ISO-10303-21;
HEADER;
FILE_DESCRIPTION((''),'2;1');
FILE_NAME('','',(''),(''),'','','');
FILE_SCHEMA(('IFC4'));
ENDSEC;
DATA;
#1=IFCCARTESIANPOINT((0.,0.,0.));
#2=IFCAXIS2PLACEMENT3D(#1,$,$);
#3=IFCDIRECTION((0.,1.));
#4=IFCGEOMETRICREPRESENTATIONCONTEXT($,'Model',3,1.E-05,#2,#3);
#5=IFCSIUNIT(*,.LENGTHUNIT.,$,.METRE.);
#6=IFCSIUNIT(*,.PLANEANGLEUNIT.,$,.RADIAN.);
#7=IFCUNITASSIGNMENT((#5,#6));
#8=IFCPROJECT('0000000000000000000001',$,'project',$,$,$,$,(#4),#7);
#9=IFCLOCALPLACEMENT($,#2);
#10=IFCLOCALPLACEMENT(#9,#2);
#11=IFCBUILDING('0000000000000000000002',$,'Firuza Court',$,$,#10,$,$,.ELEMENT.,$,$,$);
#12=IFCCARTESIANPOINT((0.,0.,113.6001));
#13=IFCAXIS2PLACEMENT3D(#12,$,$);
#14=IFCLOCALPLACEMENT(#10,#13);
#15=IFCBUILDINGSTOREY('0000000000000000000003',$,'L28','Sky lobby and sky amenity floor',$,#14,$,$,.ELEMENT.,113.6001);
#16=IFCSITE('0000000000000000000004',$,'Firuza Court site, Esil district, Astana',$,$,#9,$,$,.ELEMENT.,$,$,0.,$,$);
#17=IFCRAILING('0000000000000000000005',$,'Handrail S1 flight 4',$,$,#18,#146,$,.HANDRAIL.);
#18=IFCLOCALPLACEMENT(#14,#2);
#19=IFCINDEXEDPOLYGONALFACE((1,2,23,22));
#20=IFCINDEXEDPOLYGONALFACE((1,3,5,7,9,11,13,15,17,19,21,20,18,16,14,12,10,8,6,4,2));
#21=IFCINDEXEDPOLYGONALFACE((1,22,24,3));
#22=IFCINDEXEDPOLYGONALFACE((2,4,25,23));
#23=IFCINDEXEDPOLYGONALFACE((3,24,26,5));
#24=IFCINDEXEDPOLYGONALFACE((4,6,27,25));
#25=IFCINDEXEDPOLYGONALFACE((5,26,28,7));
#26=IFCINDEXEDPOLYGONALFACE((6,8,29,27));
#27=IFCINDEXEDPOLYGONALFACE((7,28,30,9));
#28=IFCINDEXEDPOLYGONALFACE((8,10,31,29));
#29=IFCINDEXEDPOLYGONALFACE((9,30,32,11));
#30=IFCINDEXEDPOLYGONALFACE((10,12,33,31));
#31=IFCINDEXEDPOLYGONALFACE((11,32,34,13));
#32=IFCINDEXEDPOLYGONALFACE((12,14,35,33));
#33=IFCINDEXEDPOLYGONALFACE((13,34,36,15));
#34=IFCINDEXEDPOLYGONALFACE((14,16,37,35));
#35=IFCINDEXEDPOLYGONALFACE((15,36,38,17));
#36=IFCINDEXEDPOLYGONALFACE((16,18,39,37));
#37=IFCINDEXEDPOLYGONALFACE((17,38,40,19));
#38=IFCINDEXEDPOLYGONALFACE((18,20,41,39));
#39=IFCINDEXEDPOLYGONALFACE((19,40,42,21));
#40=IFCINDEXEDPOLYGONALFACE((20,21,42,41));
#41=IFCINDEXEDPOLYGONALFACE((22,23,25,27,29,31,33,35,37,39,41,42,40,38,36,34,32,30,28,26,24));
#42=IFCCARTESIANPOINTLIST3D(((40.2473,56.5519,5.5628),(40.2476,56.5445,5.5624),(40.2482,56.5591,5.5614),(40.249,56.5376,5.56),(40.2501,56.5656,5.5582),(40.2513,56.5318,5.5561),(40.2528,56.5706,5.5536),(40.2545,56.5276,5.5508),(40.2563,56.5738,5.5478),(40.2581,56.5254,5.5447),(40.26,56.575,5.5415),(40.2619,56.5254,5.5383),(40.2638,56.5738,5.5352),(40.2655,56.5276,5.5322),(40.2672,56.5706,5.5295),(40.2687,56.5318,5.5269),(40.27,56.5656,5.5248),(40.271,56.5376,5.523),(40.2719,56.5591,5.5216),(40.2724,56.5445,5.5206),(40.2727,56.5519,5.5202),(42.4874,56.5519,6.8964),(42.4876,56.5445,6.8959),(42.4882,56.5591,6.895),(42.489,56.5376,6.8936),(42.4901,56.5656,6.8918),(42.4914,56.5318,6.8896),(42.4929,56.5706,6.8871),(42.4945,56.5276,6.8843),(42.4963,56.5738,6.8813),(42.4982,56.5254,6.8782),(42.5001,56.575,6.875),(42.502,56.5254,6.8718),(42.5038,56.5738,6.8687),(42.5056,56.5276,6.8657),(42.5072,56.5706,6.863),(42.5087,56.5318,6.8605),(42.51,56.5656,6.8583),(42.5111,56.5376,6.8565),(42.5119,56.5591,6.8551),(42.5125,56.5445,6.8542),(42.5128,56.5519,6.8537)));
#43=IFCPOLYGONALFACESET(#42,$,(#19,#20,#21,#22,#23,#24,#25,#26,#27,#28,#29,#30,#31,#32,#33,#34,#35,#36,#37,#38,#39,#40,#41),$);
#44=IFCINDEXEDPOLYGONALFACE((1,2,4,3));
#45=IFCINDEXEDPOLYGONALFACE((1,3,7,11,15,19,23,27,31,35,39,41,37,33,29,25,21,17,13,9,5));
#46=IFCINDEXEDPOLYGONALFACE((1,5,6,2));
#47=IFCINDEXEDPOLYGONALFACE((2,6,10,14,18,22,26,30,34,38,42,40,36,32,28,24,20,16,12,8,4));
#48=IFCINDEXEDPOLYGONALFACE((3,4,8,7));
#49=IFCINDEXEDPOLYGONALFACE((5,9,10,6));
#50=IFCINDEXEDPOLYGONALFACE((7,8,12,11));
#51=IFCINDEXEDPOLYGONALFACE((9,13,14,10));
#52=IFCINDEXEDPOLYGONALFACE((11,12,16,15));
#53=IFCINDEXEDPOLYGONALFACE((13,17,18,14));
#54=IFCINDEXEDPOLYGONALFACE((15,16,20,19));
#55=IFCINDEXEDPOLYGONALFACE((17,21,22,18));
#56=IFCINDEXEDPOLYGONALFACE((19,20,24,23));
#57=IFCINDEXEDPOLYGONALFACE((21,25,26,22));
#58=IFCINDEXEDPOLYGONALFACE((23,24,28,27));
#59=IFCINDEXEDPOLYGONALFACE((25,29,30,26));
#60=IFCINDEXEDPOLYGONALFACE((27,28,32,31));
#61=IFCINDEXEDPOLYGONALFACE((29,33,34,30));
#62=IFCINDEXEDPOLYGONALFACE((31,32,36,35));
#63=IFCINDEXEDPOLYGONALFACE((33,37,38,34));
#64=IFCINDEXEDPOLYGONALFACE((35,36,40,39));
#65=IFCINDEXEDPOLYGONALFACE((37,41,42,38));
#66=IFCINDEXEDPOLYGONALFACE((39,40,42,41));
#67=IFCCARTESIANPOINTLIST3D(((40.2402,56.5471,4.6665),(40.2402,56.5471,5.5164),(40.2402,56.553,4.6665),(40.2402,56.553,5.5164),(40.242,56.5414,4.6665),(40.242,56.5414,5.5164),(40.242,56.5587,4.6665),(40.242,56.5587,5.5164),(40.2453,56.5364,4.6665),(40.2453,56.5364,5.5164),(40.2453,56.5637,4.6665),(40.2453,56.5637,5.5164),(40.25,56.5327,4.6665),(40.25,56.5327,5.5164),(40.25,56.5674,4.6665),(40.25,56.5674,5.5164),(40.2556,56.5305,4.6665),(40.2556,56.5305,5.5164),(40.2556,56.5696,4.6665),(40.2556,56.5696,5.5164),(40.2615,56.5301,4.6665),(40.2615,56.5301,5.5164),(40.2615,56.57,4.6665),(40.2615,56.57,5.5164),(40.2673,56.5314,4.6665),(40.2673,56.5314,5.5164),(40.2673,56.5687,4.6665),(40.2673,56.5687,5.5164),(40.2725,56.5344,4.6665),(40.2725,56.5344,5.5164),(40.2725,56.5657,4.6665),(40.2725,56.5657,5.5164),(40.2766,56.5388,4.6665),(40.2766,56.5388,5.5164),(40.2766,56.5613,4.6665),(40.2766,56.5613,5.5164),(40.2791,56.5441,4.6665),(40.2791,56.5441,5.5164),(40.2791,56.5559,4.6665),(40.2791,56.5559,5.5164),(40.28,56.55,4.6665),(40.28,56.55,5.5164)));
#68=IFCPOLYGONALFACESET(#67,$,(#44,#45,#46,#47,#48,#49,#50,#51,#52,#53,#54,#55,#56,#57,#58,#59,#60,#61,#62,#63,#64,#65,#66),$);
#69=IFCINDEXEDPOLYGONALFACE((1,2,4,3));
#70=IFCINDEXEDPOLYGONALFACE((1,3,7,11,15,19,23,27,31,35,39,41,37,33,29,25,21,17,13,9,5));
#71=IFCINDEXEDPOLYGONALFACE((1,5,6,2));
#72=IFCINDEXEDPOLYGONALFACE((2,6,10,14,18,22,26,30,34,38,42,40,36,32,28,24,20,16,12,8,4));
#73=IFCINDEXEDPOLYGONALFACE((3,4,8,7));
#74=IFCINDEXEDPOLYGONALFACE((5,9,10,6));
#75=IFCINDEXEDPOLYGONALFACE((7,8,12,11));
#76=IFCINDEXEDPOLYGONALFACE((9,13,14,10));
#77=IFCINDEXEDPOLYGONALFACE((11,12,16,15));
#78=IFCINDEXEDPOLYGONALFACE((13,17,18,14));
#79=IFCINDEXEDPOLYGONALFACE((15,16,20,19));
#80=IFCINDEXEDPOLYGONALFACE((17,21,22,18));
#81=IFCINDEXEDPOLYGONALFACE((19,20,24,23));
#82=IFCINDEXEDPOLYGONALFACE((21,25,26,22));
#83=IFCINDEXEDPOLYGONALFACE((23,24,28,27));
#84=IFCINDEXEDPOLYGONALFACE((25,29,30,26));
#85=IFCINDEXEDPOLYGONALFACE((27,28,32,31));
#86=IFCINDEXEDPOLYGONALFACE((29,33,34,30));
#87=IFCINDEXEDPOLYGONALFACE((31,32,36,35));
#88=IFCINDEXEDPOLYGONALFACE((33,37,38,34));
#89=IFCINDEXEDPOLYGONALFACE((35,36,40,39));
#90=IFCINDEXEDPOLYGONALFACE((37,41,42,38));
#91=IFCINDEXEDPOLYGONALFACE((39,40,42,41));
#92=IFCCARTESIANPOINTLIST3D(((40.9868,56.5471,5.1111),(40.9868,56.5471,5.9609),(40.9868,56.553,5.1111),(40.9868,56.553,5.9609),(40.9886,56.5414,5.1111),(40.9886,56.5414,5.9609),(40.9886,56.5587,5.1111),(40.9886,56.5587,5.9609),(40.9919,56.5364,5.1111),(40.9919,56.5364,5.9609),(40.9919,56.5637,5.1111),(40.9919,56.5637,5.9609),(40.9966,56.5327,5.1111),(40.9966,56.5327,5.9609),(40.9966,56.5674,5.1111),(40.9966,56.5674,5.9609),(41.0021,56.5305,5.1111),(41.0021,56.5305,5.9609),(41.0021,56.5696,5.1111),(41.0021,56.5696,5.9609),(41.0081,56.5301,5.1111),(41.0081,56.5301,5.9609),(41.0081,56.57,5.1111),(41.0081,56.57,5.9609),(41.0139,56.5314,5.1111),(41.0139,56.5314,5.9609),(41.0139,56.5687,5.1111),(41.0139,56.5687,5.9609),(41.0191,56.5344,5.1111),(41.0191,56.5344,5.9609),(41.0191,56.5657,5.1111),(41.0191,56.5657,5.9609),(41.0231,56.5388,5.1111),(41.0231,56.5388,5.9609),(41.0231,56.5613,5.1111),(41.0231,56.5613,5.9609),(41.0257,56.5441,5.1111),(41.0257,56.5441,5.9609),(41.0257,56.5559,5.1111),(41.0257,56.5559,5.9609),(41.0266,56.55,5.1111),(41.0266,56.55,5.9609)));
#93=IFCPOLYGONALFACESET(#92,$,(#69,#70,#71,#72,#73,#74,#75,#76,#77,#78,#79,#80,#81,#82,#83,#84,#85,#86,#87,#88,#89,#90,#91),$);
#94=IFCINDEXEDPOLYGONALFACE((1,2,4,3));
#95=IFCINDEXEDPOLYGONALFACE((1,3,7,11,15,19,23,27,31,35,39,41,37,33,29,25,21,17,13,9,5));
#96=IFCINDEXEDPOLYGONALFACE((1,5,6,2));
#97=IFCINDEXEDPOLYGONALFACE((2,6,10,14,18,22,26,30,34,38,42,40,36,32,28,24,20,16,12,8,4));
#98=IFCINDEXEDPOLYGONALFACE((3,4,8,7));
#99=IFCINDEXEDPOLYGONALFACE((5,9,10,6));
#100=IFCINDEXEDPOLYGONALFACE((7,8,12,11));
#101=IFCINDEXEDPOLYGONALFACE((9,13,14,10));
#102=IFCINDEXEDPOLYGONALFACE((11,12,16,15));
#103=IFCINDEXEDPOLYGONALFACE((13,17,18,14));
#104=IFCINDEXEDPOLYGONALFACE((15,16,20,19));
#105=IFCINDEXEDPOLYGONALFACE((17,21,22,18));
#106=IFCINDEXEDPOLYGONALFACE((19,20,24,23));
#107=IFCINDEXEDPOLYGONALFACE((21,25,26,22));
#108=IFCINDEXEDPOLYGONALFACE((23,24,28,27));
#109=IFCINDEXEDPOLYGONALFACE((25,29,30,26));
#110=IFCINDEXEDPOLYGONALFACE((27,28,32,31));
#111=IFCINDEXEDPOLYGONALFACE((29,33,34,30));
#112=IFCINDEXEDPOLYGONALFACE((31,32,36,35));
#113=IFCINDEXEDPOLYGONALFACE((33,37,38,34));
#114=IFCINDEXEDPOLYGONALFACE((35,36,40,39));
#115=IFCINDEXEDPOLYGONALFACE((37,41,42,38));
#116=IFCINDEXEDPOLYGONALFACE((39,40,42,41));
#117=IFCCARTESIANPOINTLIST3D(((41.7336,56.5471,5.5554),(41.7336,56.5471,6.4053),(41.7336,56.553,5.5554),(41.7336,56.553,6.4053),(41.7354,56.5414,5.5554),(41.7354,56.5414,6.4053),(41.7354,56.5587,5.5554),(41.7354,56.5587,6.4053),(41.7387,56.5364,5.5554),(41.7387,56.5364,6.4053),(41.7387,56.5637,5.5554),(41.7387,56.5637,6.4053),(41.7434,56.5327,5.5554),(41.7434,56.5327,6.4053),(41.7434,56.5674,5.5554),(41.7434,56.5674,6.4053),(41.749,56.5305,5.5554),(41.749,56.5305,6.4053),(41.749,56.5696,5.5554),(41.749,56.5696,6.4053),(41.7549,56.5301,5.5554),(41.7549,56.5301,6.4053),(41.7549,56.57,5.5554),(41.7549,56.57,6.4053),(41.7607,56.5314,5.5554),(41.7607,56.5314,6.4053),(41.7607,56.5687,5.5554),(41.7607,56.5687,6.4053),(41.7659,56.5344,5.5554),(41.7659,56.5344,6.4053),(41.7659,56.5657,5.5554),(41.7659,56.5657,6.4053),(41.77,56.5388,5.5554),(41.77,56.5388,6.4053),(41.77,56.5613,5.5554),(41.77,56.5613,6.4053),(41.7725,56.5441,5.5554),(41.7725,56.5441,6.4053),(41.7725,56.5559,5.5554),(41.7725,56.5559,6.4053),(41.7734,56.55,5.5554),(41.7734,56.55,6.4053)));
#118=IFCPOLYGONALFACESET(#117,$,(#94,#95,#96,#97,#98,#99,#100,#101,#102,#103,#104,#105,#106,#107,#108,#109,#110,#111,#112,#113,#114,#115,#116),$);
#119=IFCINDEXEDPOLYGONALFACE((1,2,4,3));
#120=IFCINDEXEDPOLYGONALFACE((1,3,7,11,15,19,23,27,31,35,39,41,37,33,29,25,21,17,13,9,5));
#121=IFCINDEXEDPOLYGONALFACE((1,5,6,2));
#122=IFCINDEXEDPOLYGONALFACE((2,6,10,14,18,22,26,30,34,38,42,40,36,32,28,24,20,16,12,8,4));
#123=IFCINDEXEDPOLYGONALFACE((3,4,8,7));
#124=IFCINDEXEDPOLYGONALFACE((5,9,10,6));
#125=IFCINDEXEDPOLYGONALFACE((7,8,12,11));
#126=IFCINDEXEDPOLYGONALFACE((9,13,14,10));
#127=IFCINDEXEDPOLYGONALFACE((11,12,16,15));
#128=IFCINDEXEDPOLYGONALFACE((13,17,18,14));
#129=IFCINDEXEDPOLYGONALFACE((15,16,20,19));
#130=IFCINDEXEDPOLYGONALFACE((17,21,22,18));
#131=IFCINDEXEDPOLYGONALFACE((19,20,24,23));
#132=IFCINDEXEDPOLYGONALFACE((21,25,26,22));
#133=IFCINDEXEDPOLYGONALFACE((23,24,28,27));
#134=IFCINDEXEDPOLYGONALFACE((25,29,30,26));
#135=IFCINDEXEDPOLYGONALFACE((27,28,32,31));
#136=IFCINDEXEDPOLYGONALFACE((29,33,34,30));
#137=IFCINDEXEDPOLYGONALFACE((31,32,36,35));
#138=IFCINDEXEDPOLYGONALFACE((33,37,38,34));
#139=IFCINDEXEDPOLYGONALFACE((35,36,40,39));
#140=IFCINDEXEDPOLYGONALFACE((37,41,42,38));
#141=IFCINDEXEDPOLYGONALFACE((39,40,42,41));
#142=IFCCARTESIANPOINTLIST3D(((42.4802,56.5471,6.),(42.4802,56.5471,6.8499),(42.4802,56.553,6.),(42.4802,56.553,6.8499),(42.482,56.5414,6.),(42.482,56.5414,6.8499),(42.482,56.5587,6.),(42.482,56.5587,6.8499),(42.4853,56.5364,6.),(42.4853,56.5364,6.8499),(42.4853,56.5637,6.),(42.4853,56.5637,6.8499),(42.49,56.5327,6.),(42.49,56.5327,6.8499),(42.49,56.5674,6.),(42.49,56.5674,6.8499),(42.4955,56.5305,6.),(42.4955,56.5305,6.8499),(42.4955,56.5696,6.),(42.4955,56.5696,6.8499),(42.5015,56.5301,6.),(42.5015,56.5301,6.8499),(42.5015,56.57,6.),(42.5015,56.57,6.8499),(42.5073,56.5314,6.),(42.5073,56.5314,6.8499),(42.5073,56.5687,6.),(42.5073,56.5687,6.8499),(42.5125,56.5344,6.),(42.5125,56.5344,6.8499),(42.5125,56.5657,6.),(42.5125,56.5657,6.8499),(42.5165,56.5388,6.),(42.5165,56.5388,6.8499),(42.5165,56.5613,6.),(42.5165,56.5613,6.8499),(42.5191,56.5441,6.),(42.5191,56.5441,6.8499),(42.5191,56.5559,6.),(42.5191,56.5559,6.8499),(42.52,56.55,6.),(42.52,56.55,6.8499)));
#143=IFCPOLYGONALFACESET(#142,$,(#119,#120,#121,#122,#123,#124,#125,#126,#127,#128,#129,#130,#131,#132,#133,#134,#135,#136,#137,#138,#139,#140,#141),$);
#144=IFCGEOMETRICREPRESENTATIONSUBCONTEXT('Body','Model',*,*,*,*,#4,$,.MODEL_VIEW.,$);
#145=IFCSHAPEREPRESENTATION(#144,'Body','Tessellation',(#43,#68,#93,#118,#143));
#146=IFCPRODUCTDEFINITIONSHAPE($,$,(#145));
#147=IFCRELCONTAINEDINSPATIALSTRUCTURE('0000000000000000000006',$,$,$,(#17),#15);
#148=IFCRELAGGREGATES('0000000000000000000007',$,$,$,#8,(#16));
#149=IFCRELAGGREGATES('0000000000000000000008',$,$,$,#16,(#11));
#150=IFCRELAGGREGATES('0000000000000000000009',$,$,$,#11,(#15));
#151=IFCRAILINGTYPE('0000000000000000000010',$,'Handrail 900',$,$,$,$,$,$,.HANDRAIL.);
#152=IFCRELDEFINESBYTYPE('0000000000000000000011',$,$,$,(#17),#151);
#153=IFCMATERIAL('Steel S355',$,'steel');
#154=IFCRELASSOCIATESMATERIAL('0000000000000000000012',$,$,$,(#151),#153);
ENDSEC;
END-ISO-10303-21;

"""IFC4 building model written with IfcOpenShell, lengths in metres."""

from ifc_helpers import new_model, si_unit, direction, frame, origin, origin_2d, place, context, subcontext, project, spatial, circle, extrude, material, type_object, element, save


model = new_model("IFC4")

# Units and contexts
model_context = context("Model", 3, precision=1e-05, world=origin(), true_north=direction((0.0, 1.0)))
body_context = subcontext(model_context, "Body", "Model", "MODEL_VIEW")
ifc_project = project(units=[si_unit("LENGTHUNIT", "METRE"), si_unit("PLANEANGLEUNIT", "RADIAN")], contexts=[model_context])

# Site, building, storey
site_placement = place(None, origin())
site = spatial("IfcSite", under=ifc_project, at=site_placement, Name="Firuza Court site, Esil district, Astana", CompositionType="ELEMENT", RefElevation=0.0)
building_placement = place(site_placement, origin())
building = spatial("IfcBuilding", under=site, at=building_placement, Name="Firuza Court", CompositionType="ELEMENT")
storey_placement = place(building_placement, frame((0.0, 0.0, 113.6001)))
storey = spatial("IfcBuildingStorey", under=building, at=storey_placement, Name="L28", Description="Sky lobby and sky amenity floor", CompositionType="ELEMENT", Elevation=113.6001)

# Railing
ifc_material_1 = material(Name="Steel S355", Category="steel")
railing_type_1 = type_object("IfcRailingType", Name="Handrail 900", PredefinedType="HANDRAIL", material=ifc_material_1)
railing_1_placement = place(storey_placement, frame((40.26, 56.55, 4.6665)))
element("IfcRailing", 1, at=railing_1_placement, inside=storey, type_object=railing_type_1, Name="Handrail S1 flight 4", PredefinedType="HANDRAIL", context=body_context, shape_type="SweptSolid", body=[
    extrude(circle(Radius=0.0249, at=origin_2d()), frame((0.0, 0.0, 0.875), z_axis=(0.859264, 0.0, 0.511532), x_axis=(0.0, 1.0, 0.0)), (0.0, 0.0, 1.0), 2.6069),
    extrude(circle(Radius=0.02, at=origin_2d()), origin(), (0.0, 0.0, 1.0), 0.8499),
    extrude(circle(Radius=0.02, at=origin_2d()), frame((0.7466, 0.0, 0.4446)), (0.0, 0.0, 1.0), 0.8499),
    extrude(circle(Radius=0.02, at=origin_2d()), frame((1.4934, 0.0, 0.8889)), (0.0, 0.0, 1.0), 0.8499),
    extrude(circle(Radius=0.02, at=origin_2d()), frame((2.24, 0.0, 1.3335)), (0.0, 0.0, 1.0), 0.8499),
])

save(model, "model.ifc")
